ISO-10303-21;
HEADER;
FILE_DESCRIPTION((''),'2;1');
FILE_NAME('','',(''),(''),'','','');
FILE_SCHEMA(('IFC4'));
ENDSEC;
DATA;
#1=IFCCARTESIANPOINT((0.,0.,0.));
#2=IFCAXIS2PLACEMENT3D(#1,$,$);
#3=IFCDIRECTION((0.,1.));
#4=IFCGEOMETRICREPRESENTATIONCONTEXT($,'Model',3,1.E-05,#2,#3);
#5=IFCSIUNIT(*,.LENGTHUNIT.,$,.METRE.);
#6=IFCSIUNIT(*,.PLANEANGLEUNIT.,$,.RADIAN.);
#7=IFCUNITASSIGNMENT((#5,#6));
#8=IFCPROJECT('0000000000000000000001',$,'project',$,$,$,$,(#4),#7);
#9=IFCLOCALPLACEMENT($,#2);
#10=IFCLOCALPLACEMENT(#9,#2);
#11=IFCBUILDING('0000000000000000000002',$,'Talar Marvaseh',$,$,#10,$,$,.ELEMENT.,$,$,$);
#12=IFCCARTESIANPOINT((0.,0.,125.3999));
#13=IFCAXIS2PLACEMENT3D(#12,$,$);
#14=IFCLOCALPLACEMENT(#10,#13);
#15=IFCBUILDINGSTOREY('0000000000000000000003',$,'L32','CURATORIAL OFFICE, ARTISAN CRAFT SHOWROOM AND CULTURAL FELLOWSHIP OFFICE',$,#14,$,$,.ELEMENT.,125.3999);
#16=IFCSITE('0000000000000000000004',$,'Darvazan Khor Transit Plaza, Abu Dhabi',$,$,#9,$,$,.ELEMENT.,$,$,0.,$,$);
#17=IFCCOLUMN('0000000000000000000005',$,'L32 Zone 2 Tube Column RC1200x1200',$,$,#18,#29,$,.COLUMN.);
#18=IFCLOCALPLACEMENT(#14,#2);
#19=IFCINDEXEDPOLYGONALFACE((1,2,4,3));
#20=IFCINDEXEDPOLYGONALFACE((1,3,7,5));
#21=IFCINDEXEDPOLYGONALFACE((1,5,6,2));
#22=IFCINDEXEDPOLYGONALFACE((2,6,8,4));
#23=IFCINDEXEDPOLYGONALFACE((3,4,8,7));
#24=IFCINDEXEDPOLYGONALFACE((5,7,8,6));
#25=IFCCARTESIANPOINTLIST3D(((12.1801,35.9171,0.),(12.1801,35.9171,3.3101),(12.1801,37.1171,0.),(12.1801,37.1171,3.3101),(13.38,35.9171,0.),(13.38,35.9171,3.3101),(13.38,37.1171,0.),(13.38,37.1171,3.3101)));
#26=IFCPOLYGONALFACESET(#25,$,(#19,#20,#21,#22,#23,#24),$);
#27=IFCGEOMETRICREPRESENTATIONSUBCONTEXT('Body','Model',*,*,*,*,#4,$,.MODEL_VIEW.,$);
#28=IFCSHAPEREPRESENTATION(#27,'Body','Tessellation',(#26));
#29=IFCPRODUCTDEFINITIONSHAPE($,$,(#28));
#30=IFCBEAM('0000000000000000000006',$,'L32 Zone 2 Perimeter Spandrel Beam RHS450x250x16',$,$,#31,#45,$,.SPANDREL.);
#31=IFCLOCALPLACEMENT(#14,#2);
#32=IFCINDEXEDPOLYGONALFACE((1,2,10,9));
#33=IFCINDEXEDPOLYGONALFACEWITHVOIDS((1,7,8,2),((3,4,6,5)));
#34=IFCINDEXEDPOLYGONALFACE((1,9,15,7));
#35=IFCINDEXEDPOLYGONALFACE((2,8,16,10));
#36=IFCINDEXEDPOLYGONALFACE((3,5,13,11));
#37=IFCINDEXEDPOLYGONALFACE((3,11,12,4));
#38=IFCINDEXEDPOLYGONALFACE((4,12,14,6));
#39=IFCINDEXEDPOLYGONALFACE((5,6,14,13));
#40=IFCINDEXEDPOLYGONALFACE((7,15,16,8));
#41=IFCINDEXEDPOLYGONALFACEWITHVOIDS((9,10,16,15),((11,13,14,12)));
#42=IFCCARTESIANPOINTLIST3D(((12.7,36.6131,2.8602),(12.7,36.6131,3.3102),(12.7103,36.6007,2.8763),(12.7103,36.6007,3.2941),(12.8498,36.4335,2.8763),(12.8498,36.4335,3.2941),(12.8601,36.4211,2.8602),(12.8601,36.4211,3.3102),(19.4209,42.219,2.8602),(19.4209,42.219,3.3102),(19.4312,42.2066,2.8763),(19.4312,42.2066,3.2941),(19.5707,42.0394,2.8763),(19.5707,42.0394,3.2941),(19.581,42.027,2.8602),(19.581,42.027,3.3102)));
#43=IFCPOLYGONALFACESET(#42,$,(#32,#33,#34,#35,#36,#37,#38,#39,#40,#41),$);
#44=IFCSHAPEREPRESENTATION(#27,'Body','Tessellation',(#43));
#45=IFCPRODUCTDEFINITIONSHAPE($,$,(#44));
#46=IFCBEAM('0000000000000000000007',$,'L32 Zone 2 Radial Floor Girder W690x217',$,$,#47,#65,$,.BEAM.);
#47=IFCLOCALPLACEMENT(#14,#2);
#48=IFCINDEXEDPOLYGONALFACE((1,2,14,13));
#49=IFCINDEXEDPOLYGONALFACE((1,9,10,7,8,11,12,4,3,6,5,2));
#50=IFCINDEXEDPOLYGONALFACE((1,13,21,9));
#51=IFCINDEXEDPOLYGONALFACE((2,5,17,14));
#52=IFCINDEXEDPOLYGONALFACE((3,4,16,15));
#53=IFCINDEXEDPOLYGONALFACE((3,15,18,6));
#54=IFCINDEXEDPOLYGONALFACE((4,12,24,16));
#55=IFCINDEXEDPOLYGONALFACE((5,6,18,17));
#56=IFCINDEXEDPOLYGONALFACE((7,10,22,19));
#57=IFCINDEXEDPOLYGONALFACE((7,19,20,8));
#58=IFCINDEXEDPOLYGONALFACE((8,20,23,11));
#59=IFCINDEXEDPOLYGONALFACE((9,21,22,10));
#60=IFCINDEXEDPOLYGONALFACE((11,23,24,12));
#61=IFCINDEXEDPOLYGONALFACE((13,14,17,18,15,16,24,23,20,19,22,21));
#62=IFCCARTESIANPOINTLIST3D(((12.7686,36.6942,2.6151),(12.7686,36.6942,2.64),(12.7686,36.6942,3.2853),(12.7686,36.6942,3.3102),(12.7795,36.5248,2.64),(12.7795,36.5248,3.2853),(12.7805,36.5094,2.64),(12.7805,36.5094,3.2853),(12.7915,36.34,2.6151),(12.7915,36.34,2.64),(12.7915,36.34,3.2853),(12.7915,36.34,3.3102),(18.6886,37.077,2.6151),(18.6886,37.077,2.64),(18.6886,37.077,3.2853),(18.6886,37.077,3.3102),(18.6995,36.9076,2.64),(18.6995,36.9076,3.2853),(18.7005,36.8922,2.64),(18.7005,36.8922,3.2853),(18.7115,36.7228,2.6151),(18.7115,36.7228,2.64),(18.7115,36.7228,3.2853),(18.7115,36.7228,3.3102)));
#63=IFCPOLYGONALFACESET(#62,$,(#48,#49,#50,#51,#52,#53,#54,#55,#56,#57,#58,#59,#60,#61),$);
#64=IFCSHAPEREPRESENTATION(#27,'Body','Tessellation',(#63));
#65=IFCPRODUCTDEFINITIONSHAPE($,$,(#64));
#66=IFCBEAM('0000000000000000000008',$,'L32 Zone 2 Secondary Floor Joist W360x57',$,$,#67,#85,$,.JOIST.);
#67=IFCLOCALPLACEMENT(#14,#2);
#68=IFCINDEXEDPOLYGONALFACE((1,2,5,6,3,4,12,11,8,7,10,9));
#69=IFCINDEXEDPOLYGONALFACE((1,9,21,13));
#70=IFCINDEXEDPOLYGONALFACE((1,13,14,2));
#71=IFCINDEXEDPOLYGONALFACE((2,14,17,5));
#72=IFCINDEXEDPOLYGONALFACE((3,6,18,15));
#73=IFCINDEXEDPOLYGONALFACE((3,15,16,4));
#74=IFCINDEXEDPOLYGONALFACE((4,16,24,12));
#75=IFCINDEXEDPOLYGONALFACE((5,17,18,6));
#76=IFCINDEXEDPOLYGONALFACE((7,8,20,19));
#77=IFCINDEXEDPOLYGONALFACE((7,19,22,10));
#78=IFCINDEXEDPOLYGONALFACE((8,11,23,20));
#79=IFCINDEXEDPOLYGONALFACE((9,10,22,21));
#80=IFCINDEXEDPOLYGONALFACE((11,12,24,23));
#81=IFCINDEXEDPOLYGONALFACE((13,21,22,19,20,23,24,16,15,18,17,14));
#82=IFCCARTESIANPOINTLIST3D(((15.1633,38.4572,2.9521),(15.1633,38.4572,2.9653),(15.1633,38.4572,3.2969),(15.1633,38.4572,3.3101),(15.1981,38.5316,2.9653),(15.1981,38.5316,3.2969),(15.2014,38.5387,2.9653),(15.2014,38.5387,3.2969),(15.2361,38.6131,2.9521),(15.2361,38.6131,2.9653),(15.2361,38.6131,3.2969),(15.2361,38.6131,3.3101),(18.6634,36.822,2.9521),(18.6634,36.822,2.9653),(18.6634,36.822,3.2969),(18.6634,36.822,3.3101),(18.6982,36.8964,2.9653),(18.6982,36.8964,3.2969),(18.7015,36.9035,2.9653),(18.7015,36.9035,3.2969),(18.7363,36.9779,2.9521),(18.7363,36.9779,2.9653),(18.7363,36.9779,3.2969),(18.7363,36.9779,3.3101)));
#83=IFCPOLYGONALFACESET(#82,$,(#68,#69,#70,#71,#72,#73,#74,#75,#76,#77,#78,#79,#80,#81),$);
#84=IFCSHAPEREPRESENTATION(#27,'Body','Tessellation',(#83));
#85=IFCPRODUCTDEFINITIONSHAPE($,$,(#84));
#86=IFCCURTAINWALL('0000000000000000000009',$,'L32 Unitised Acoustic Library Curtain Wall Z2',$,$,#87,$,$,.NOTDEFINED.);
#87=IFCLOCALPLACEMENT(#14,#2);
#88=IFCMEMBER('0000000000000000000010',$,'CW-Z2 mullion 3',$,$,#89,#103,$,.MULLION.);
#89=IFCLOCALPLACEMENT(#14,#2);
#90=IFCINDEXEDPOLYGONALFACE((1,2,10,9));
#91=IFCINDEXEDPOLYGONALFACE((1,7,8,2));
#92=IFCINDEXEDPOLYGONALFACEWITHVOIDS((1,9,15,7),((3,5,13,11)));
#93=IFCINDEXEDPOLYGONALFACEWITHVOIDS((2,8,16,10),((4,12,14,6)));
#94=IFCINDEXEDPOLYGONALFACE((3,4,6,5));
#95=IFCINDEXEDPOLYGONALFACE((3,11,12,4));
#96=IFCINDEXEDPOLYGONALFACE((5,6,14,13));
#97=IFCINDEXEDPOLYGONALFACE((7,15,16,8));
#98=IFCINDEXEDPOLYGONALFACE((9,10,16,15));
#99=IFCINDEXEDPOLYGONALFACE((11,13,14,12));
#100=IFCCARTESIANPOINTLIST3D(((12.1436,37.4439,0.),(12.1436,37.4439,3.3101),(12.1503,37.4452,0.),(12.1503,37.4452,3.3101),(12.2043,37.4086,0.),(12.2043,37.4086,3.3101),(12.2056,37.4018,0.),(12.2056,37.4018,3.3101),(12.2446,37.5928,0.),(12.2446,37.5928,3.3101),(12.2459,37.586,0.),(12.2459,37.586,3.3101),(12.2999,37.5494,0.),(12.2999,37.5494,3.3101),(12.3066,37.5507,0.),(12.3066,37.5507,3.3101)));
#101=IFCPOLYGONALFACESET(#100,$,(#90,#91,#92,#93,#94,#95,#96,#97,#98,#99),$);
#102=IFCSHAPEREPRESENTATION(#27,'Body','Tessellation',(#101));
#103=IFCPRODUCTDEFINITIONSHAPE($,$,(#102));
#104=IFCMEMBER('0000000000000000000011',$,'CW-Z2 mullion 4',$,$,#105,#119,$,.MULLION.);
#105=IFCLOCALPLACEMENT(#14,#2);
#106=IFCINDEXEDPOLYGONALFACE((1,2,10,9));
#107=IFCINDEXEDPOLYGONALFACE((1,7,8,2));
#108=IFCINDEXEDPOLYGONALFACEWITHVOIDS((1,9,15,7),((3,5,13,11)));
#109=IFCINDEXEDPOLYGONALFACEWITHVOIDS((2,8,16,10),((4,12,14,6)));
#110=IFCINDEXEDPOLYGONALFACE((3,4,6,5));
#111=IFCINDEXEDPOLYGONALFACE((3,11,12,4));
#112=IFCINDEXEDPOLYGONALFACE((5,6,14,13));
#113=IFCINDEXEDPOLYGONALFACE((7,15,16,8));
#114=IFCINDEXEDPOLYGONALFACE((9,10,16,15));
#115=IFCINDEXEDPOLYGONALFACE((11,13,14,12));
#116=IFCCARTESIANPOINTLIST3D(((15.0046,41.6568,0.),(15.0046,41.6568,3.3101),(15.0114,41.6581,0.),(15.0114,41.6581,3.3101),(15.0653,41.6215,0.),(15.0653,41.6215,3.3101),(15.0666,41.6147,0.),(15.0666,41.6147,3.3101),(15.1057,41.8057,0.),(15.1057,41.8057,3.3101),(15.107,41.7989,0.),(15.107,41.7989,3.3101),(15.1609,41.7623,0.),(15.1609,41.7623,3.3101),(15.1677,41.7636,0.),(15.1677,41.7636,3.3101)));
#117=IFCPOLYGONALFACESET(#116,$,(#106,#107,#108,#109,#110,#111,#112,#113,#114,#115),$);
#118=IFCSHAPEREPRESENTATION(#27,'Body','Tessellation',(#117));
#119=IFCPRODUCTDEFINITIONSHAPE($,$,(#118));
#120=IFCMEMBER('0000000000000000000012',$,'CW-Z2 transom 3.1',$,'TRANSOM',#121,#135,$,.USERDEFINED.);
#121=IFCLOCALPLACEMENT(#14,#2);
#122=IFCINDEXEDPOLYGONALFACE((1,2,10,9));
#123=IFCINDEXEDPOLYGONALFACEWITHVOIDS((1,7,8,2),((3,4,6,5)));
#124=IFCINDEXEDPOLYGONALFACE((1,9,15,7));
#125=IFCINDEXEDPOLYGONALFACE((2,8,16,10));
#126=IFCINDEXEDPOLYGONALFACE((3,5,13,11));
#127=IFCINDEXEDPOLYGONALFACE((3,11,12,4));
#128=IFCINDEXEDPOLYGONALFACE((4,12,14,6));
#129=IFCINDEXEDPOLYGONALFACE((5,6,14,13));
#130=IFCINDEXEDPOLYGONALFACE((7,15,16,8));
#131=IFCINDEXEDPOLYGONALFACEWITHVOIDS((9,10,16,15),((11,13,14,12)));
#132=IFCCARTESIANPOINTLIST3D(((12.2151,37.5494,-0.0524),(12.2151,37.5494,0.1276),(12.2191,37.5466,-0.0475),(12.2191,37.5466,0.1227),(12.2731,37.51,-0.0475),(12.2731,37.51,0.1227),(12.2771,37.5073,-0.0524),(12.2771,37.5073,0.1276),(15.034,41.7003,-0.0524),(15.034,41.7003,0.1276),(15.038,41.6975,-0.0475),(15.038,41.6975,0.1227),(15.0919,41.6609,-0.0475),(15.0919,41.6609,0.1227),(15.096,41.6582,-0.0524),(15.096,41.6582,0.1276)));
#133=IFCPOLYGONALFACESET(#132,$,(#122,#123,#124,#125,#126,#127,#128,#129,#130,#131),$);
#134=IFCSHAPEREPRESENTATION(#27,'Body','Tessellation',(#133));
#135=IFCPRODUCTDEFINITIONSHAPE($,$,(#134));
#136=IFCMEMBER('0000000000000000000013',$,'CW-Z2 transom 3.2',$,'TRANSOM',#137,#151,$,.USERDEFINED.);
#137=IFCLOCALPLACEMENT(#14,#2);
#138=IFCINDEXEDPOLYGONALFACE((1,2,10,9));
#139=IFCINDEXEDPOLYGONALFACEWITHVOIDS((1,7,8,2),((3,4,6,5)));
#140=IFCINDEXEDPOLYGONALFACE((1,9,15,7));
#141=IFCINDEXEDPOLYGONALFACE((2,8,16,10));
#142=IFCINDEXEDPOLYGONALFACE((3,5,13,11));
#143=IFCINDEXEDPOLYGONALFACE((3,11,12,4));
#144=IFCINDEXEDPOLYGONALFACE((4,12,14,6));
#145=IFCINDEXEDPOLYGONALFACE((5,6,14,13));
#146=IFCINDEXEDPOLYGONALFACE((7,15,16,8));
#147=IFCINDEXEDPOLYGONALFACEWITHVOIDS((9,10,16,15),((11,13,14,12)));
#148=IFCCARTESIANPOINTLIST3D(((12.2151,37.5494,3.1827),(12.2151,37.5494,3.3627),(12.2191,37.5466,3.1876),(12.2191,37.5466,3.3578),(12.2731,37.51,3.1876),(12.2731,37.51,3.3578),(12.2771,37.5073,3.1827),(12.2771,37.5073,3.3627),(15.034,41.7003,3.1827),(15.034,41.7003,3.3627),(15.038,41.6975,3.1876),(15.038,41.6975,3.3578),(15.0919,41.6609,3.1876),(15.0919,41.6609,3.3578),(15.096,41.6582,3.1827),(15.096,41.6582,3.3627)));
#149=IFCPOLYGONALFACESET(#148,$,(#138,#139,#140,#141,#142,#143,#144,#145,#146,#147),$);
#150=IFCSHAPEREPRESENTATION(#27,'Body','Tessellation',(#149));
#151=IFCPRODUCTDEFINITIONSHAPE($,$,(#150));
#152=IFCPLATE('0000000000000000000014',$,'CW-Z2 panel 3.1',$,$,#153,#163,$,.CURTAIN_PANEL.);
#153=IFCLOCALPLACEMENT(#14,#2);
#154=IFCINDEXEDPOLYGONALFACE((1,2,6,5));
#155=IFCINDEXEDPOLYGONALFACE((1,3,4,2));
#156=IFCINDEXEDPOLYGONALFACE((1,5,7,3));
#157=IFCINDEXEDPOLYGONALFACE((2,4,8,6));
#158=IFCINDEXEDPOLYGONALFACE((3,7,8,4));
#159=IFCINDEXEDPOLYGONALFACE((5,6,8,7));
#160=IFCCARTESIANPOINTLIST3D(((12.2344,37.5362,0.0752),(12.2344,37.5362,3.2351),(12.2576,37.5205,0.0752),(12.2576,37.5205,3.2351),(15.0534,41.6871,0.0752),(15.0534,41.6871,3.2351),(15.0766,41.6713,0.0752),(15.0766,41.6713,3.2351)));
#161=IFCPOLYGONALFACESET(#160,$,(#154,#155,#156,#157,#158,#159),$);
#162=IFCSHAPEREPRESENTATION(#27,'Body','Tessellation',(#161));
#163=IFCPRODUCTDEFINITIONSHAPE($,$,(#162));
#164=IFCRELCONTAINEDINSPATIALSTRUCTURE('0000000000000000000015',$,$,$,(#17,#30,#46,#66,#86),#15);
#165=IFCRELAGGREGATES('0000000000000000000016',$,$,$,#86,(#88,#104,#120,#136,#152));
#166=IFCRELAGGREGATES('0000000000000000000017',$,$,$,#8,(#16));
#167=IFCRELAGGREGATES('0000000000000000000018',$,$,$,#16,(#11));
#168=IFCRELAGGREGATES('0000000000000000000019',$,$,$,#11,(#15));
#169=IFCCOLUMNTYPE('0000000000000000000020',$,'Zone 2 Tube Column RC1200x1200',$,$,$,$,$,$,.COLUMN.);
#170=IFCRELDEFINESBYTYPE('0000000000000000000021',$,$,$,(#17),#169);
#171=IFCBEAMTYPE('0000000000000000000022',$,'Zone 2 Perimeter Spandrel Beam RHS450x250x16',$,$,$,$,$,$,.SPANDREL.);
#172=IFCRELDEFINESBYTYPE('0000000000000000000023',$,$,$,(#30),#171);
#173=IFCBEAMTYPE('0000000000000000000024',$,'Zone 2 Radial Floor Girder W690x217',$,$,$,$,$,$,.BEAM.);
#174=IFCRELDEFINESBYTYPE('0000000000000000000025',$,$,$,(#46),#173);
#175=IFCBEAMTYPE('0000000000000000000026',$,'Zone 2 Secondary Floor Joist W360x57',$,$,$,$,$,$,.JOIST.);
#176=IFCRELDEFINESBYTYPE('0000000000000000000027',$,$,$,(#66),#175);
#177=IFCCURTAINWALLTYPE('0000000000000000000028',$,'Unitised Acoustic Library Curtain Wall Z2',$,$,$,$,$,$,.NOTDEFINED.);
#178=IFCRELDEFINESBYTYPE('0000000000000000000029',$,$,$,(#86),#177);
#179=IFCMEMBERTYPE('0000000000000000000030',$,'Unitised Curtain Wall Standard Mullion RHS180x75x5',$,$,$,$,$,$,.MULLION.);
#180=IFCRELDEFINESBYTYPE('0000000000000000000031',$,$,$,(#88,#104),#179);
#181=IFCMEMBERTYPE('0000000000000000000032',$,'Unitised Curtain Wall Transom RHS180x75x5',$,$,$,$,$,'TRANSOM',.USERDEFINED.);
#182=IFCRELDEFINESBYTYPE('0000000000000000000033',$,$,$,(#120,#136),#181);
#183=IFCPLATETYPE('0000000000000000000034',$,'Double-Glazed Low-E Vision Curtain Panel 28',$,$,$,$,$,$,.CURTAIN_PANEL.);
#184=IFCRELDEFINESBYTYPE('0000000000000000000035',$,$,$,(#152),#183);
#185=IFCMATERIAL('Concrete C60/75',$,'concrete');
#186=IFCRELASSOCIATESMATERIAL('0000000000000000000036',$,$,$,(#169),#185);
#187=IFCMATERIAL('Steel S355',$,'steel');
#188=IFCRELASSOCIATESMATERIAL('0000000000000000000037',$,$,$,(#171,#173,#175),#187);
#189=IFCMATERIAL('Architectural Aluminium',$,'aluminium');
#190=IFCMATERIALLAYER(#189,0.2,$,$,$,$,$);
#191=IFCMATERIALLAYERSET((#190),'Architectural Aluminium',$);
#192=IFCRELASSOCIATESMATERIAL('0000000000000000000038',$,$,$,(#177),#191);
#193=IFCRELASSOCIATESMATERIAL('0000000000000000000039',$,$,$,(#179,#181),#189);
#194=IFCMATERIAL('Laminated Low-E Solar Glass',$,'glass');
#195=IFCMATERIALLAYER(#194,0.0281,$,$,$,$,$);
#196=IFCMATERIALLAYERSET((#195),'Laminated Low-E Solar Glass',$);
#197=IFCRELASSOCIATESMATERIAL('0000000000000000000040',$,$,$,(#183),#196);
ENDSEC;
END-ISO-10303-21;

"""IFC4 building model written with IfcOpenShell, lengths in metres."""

from ifc_helpers import new_model, si_unit, direction, frame, origin, origin_2d, place, context, subcontext, project, spatial, rectangle, hollow_rectangle, i_section, extrude, source, transform, mapped, material, layer, layer_set, material_profile, profile_set, type_object, type_shapes, element, aggregate, save


model = new_model("IFC4")

# Units and contexts
model_context = context("Model", 3, precision=1e-05, world=origin(), true_north=direction((0.0, 1.0)))
body_context = subcontext(model_context, "Body", "Model", "MODEL_VIEW")
ifc_project = project(units=[si_unit("LENGTHUNIT", "METRE"), si_unit("PLANEANGLEUNIT", "RADIAN")], contexts=[model_context])

# Site, building, storey
site_placement = place(None, origin())
site = spatial("IfcSite", under=ifc_project, at=site_placement, Name="Darvazan Khor Transit Plaza, Abu Dhabi", CompositionType="ELEMENT", RefElevation=0.0)
building_placement = place(site_placement, origin())
building = spatial("IfcBuilding", under=site, at=building_placement, Name="Talar Marvaseh", CompositionType="ELEMENT")
storey_placement = place(building_placement, frame((0.0, 0.0, 125.3999)))
storey = spatial("IfcBuildingStorey", under=building, at=storey_placement, Name="L32", Description="CURATORIAL OFFICE, ARTISAN CRAFT SHOWROOM AND CULTURAL FELLOWSHIP OFFICE", CompositionType="ELEMENT", Elevation=125.3999)

# Column
ifc_material_1 = material(Name="Concrete C60/75", Category="concrete")
ifc_material_profile_1 = material_profile(ifc_material_1, rectangle(XDim=1.2, YDim=1.2, at=origin_2d()), Name="RC1200x1200")
ifc_profile_set_1 = profile_set([ifc_material_profile_1], Name="Concrete C60/75")
column_type = type_object("IfcColumnType", Name="Zone 2 Tube Column RC1200x1200", PredefinedType="COLUMN", material=ifc_profile_set_1)
column_placement = place(storey_placement, frame((12.78, 36.5171, 0.0), z_axis=(0.0, 0.0, 1.0), x_axis=(1.0, 0.0, 0.0)))
element("IfcColumn", 1, at=column_placement, inside=storey, type_object=column_type, Name="L32 Zone 2 Tube Column RC1200x1200", PredefinedType="COLUMN", context=body_context, shape_type="SweptSolid", body=[
    extrude(rectangle(XDim=1.2, YDim=1.2, at=origin_2d()), origin(), (0.0, 0.0, 1.0), 3.3101),
])

# Beams
ifc_material_2 = material(Name="Steel S355", Category="steel")
ifc_material_profile_2 = material_profile(ifc_material_2, hollow_rectangle(XDim=0.25, YDim=0.45, WallThickness=0.0161, at=origin_2d()), Name="RHS450x250x16")
ifc_profile_set_2 = profile_set([ifc_material_profile_2], Name="Steel S355")
beam_type_1 = type_object("IfcBeamType", Name="Zone 2 Perimeter Spandrel Beam RHS450x250x16", PredefinedType="SPANDREL", material=ifc_profile_set_2)
beam_1_placement = place(storey_placement, frame((12.78, 36.5171, 3.0852), z_axis=(0.767931, 0.640533, 0.0), x_axis=(-0.640533, 0.767931, 0.0)))
element("IfcBeam", 2, at=beam_1_placement, inside=storey, type_object=beam_type_1, Name="L32 Zone 2 Perimeter Spandrel Beam RHS450x250x16", PredefinedType="SPANDREL", context=body_context, shape_type="SweptSolid", body=[
    extrude(hollow_rectangle(XDim=0.25, YDim=0.45, WallThickness=0.0161, at=origin_2d()), origin(), (0.0, 0.0, 1.0), 8.752),
])
ifc_material_profile_3 = material_profile(ifc_material_2, i_section(OverallWidth=0.355, OverallDepth=0.6951, WebThickness=0.0154, FlangeThickness=0.0249, at=origin_2d()), Name="W690x217")
ifc_profile_set_3 = profile_set([ifc_material_profile_3], Name="Steel S355")
beam_type_2 = type_object("IfcBeamType", Name="Zone 2 Radial Floor Girder W690x217", PredefinedType="BEAM", material=ifc_profile_set_3)
beam_2_placement = place(storey_placement, frame((12.78, 36.5171, 2.9626), z_axis=(0.997916, 0.06453, 0.0), x_axis=(-0.06453, 0.997916, 0.0)))
element("IfcBeam", 3, at=beam_2_placement, inside=storey, type_object=beam_type_2, Name="L32 Zone 2 Radial Floor Girder W690x217", PredefinedType="BEAM", context=body_context, shape_type="SweptSolid", body=[
    extrude(i_section(OverallWidth=0.355, OverallDepth=0.6951, WebThickness=0.0154, FlangeThickness=0.0249, at=origin_2d()), origin(), (0.0, 0.0, 1.0), 5.9324),
])
ifc_material_profile_4 = material_profile(ifc_material_2, i_section(OverallWidth=0.1721, OverallDepth=0.3579, WebThickness=0.0078, FlangeThickness=0.0132, at=origin_2d()), Name="W360x57")
ifc_profile_set_4 = profile_set([ifc_material_profile_4], Name="Steel S355")
beam_type_3 = type_object("IfcBeamType", Name="Zone 2 Secondary Floor Joist W360x57", PredefinedType="JOIST", material=ifc_profile_set_4)
beam_3_placement = place(storey_placement, frame((15.1997, 38.5352, 3.1311), z_axis=(0.906004, -0.423269, 0.0), x_axis=(0.423269, 0.906004, 0.0)))
element("IfcBeam", 4, at=beam_3_placement, inside=storey, type_object=beam_type_3, Name="L32 Zone 2 Secondary Floor Joist W360x57", PredefinedType="JOIST", context=body_context, shape_type="SweptSolid", body=[
    extrude(i_section(OverallWidth=0.1721, OverallDepth=0.3579, WebThickness=0.0078, FlangeThickness=0.0132, at=origin_2d()), origin(), (0.0, 0.0, 1.0), 3.8633),
])

# Curtain wall, members, plate
ifc_material_3 = material(Name="Architectural Aluminium", Category="aluminium")
ifc_layer_1 = layer(ifc_material_3, 0.2)
ifc_layer_set_1 = layer_set([ifc_layer_1], Name="Architectural Aluminium")
curtain_wall_type = type_object("IfcCurtainWallType", Name="Unitised Acoustic Library Curtain Wall Z2", PredefinedType="NOTDEFINED", material=ifc_layer_set_1)
curtain_wall_placement = place(storey_placement, origin())
curtain_wall = element("IfcCurtainWall", 5, at=curtain_wall_placement, inside=storey, type_object=curtain_wall_type, Name="L32 Unitised Acoustic Library Curtain Wall Z2", PredefinedType="NOTDEFINED")
ifc_material_profile_5 = material_profile(ifc_material_3, hollow_rectangle(XDim=0.075, YDim=0.1799, WallThickness=0.0049, at=origin_2d()), Name="RHS180x75x5")
ifc_profile_set_5 = profile_set([ifc_material_profile_5], Name="Architectural Aluminium")
member_type_1 = type_object("IfcMemberType", Name="Unitised Curtain Wall Standard Mullion RHS180x75x5", PredefinedType="MULLION", material=ifc_profile_set_5)
shared_shape_1 = source(origin(), body_context, "Body", "SweptSolid", [
    extrude(hollow_rectangle(XDim=0.075, YDim=0.1799, WallThickness=0.0049, at=origin_2d()), origin(), (0.0, 0.0, 1.0), 3.3101),
])
type_shapes(member_type_1, [shared_shape_1])
member_1_placement = place(storey_placement, frame((12.2251, 37.4973, 0.0), z_axis=(0.0, 0.0, 1.0), x_axis=(-0.827258, 0.561822, 0.0)))
member_1 = element("IfcMember", 6, at=member_1_placement, type_object=member_type_1, Name="CW-Z2 mullion 3", PredefinedType="MULLION", context=body_context, shape_type="MappedRepresentation", body=[
    mapped(shared_shape_1, transform((0.0, 0.0, 0.0), x_axis=(1.0, 0.0, 0.0), y_axis=(0.0, 1.0, 0.0), z_axis=(0.0, 0.0, 1.0), scale=1.0)),
])
member_2_placement = place(storey_placement, frame((15.0862, 41.7102, 0.0), z_axis=(0.0, 0.0, 1.0), x_axis=(-0.827258, 0.561822, 0.0)))
member_2 = element("IfcMember", 7, at=member_2_placement, type_object=member_type_1, Name="CW-Z2 mullion 4", PredefinedType="MULLION", context=body_context, shape_type="MappedRepresentation", body=[
    mapped(shared_shape_1, transform((0.0, 0.0, 0.0), x_axis=(1.0, 0.0, 0.0), y_axis=(0.0, 1.0, 0.0), z_axis=(0.0, 0.0, 1.0), scale=1.0)),
])
ifc_material_profile_6 = material_profile(ifc_material_3, hollow_rectangle(XDim=0.075, YDim=0.1799, WallThickness=0.0049, at=origin_2d()), Name="RHS180x75x5")
ifc_profile_set_6 = profile_set([ifc_material_profile_6], Name="Architectural Aluminium")
member_type_2 = type_object("IfcMemberType", Name="Unitised Curtain Wall Transom RHS180x75x5", ElementType="TRANSOM", PredefinedType="USERDEFINED", material=ifc_profile_set_6)
shared_shape_2 = source(origin(), body_context, "Body", "SweptSolid", [
    extrude(hollow_rectangle(XDim=0.075, YDim=0.1799, WallThickness=0.0049, at=origin_2d()), origin(), (0.0, 0.0, 1.0), 5.0176),
])
type_shapes(member_type_2, [shared_shape_2])
member_3_placement = place(storey_placement, frame((12.2461, 37.5283, 0.0376), z_axis=(0.561799, 0.827274, 0.0), x_axis=(-0.827274, 0.561799, 0.0)))
member_3 = element("IfcMember", 8, at=member_3_placement, type_object=member_type_2, Name="CW-Z2 transom 3.1", ObjectType="TRANSOM", PredefinedType="USERDEFINED", context=body_context, shape_type="MappedRepresentation", body=[
    mapped(shared_shape_2, transform((0.0, 0.0, 0.0), x_axis=(1.0, 0.0, 0.0), y_axis=(0.0, 1.0, 0.0), z_axis=(0.0, 0.0, 1.0), scale=1.0)),
])
member_4_placement = place(storey_placement, frame((12.2461, 37.5283, 3.2727), z_axis=(0.561799, 0.827274, 0.0), x_axis=(-0.827274, 0.561799, 0.0)))
member_4 = element("IfcMember", 9, at=member_4_placement, type_object=member_type_2, Name="CW-Z2 transom 3.2", ObjectType="TRANSOM", PredefinedType="USERDEFINED", context=body_context, shape_type="MappedRepresentation", body=[
    mapped(shared_shape_2, transform((0.0, 0.0, 0.0), x_axis=(1.0, 0.0, 0.0), y_axis=(0.0, 1.0, 0.0), z_axis=(0.0, 0.0, 1.0), scale=1.0)),
])
ifc_material_4 = material(Name="Laminated Low-E Solar Glass", Category="glass")
ifc_layer_2 = layer(ifc_material_4, 0.0281)
ifc_layer_set_2 = layer_set([ifc_layer_2], Name="Laminated Low-E Solar Glass")
plate_type = type_object("IfcPlateType", Name="Double-Glazed Low-E Vision Curtain Panel 28", PredefinedType="CURTAIN_PANEL", material=ifc_layer_set_2)
shared_shape_3 = source(origin(), body_context, "Body", "SweptSolid", [
    extrude(rectangle(XDim=5.0176, YDim=0.0281, at=origin_2d()), origin(), (0.0, 0.0, 1.0), 3.1599),
])
plate_1_placement = place(storey_placement, frame((13.6555, 39.6038, 0.0752), z_axis=(0.0, 0.0, 1.0), x_axis=(0.561822, 0.827258, 0.0)))
plate_1 = element("IfcPlate", 10, at=plate_1_placement, type_object=plate_type, Name="CW-Z2 panel 3.1", PredefinedType="CURTAIN_PANEL", context=body_context, shape_type="MappedRepresentation", body=[
    mapped(shared_shape_3, transform((0.0, 0.0, 0.0), x_axis=(1.0, 0.0, 0.0), y_axis=(0.0, 1.0, 0.0), z_axis=(0.0, 0.0, 1.0), scale=1.0)),
])
aggregate(curtain_wall, [member_1, member_2, member_3, member_4, plate_1])

save(model, "model.ifc")
